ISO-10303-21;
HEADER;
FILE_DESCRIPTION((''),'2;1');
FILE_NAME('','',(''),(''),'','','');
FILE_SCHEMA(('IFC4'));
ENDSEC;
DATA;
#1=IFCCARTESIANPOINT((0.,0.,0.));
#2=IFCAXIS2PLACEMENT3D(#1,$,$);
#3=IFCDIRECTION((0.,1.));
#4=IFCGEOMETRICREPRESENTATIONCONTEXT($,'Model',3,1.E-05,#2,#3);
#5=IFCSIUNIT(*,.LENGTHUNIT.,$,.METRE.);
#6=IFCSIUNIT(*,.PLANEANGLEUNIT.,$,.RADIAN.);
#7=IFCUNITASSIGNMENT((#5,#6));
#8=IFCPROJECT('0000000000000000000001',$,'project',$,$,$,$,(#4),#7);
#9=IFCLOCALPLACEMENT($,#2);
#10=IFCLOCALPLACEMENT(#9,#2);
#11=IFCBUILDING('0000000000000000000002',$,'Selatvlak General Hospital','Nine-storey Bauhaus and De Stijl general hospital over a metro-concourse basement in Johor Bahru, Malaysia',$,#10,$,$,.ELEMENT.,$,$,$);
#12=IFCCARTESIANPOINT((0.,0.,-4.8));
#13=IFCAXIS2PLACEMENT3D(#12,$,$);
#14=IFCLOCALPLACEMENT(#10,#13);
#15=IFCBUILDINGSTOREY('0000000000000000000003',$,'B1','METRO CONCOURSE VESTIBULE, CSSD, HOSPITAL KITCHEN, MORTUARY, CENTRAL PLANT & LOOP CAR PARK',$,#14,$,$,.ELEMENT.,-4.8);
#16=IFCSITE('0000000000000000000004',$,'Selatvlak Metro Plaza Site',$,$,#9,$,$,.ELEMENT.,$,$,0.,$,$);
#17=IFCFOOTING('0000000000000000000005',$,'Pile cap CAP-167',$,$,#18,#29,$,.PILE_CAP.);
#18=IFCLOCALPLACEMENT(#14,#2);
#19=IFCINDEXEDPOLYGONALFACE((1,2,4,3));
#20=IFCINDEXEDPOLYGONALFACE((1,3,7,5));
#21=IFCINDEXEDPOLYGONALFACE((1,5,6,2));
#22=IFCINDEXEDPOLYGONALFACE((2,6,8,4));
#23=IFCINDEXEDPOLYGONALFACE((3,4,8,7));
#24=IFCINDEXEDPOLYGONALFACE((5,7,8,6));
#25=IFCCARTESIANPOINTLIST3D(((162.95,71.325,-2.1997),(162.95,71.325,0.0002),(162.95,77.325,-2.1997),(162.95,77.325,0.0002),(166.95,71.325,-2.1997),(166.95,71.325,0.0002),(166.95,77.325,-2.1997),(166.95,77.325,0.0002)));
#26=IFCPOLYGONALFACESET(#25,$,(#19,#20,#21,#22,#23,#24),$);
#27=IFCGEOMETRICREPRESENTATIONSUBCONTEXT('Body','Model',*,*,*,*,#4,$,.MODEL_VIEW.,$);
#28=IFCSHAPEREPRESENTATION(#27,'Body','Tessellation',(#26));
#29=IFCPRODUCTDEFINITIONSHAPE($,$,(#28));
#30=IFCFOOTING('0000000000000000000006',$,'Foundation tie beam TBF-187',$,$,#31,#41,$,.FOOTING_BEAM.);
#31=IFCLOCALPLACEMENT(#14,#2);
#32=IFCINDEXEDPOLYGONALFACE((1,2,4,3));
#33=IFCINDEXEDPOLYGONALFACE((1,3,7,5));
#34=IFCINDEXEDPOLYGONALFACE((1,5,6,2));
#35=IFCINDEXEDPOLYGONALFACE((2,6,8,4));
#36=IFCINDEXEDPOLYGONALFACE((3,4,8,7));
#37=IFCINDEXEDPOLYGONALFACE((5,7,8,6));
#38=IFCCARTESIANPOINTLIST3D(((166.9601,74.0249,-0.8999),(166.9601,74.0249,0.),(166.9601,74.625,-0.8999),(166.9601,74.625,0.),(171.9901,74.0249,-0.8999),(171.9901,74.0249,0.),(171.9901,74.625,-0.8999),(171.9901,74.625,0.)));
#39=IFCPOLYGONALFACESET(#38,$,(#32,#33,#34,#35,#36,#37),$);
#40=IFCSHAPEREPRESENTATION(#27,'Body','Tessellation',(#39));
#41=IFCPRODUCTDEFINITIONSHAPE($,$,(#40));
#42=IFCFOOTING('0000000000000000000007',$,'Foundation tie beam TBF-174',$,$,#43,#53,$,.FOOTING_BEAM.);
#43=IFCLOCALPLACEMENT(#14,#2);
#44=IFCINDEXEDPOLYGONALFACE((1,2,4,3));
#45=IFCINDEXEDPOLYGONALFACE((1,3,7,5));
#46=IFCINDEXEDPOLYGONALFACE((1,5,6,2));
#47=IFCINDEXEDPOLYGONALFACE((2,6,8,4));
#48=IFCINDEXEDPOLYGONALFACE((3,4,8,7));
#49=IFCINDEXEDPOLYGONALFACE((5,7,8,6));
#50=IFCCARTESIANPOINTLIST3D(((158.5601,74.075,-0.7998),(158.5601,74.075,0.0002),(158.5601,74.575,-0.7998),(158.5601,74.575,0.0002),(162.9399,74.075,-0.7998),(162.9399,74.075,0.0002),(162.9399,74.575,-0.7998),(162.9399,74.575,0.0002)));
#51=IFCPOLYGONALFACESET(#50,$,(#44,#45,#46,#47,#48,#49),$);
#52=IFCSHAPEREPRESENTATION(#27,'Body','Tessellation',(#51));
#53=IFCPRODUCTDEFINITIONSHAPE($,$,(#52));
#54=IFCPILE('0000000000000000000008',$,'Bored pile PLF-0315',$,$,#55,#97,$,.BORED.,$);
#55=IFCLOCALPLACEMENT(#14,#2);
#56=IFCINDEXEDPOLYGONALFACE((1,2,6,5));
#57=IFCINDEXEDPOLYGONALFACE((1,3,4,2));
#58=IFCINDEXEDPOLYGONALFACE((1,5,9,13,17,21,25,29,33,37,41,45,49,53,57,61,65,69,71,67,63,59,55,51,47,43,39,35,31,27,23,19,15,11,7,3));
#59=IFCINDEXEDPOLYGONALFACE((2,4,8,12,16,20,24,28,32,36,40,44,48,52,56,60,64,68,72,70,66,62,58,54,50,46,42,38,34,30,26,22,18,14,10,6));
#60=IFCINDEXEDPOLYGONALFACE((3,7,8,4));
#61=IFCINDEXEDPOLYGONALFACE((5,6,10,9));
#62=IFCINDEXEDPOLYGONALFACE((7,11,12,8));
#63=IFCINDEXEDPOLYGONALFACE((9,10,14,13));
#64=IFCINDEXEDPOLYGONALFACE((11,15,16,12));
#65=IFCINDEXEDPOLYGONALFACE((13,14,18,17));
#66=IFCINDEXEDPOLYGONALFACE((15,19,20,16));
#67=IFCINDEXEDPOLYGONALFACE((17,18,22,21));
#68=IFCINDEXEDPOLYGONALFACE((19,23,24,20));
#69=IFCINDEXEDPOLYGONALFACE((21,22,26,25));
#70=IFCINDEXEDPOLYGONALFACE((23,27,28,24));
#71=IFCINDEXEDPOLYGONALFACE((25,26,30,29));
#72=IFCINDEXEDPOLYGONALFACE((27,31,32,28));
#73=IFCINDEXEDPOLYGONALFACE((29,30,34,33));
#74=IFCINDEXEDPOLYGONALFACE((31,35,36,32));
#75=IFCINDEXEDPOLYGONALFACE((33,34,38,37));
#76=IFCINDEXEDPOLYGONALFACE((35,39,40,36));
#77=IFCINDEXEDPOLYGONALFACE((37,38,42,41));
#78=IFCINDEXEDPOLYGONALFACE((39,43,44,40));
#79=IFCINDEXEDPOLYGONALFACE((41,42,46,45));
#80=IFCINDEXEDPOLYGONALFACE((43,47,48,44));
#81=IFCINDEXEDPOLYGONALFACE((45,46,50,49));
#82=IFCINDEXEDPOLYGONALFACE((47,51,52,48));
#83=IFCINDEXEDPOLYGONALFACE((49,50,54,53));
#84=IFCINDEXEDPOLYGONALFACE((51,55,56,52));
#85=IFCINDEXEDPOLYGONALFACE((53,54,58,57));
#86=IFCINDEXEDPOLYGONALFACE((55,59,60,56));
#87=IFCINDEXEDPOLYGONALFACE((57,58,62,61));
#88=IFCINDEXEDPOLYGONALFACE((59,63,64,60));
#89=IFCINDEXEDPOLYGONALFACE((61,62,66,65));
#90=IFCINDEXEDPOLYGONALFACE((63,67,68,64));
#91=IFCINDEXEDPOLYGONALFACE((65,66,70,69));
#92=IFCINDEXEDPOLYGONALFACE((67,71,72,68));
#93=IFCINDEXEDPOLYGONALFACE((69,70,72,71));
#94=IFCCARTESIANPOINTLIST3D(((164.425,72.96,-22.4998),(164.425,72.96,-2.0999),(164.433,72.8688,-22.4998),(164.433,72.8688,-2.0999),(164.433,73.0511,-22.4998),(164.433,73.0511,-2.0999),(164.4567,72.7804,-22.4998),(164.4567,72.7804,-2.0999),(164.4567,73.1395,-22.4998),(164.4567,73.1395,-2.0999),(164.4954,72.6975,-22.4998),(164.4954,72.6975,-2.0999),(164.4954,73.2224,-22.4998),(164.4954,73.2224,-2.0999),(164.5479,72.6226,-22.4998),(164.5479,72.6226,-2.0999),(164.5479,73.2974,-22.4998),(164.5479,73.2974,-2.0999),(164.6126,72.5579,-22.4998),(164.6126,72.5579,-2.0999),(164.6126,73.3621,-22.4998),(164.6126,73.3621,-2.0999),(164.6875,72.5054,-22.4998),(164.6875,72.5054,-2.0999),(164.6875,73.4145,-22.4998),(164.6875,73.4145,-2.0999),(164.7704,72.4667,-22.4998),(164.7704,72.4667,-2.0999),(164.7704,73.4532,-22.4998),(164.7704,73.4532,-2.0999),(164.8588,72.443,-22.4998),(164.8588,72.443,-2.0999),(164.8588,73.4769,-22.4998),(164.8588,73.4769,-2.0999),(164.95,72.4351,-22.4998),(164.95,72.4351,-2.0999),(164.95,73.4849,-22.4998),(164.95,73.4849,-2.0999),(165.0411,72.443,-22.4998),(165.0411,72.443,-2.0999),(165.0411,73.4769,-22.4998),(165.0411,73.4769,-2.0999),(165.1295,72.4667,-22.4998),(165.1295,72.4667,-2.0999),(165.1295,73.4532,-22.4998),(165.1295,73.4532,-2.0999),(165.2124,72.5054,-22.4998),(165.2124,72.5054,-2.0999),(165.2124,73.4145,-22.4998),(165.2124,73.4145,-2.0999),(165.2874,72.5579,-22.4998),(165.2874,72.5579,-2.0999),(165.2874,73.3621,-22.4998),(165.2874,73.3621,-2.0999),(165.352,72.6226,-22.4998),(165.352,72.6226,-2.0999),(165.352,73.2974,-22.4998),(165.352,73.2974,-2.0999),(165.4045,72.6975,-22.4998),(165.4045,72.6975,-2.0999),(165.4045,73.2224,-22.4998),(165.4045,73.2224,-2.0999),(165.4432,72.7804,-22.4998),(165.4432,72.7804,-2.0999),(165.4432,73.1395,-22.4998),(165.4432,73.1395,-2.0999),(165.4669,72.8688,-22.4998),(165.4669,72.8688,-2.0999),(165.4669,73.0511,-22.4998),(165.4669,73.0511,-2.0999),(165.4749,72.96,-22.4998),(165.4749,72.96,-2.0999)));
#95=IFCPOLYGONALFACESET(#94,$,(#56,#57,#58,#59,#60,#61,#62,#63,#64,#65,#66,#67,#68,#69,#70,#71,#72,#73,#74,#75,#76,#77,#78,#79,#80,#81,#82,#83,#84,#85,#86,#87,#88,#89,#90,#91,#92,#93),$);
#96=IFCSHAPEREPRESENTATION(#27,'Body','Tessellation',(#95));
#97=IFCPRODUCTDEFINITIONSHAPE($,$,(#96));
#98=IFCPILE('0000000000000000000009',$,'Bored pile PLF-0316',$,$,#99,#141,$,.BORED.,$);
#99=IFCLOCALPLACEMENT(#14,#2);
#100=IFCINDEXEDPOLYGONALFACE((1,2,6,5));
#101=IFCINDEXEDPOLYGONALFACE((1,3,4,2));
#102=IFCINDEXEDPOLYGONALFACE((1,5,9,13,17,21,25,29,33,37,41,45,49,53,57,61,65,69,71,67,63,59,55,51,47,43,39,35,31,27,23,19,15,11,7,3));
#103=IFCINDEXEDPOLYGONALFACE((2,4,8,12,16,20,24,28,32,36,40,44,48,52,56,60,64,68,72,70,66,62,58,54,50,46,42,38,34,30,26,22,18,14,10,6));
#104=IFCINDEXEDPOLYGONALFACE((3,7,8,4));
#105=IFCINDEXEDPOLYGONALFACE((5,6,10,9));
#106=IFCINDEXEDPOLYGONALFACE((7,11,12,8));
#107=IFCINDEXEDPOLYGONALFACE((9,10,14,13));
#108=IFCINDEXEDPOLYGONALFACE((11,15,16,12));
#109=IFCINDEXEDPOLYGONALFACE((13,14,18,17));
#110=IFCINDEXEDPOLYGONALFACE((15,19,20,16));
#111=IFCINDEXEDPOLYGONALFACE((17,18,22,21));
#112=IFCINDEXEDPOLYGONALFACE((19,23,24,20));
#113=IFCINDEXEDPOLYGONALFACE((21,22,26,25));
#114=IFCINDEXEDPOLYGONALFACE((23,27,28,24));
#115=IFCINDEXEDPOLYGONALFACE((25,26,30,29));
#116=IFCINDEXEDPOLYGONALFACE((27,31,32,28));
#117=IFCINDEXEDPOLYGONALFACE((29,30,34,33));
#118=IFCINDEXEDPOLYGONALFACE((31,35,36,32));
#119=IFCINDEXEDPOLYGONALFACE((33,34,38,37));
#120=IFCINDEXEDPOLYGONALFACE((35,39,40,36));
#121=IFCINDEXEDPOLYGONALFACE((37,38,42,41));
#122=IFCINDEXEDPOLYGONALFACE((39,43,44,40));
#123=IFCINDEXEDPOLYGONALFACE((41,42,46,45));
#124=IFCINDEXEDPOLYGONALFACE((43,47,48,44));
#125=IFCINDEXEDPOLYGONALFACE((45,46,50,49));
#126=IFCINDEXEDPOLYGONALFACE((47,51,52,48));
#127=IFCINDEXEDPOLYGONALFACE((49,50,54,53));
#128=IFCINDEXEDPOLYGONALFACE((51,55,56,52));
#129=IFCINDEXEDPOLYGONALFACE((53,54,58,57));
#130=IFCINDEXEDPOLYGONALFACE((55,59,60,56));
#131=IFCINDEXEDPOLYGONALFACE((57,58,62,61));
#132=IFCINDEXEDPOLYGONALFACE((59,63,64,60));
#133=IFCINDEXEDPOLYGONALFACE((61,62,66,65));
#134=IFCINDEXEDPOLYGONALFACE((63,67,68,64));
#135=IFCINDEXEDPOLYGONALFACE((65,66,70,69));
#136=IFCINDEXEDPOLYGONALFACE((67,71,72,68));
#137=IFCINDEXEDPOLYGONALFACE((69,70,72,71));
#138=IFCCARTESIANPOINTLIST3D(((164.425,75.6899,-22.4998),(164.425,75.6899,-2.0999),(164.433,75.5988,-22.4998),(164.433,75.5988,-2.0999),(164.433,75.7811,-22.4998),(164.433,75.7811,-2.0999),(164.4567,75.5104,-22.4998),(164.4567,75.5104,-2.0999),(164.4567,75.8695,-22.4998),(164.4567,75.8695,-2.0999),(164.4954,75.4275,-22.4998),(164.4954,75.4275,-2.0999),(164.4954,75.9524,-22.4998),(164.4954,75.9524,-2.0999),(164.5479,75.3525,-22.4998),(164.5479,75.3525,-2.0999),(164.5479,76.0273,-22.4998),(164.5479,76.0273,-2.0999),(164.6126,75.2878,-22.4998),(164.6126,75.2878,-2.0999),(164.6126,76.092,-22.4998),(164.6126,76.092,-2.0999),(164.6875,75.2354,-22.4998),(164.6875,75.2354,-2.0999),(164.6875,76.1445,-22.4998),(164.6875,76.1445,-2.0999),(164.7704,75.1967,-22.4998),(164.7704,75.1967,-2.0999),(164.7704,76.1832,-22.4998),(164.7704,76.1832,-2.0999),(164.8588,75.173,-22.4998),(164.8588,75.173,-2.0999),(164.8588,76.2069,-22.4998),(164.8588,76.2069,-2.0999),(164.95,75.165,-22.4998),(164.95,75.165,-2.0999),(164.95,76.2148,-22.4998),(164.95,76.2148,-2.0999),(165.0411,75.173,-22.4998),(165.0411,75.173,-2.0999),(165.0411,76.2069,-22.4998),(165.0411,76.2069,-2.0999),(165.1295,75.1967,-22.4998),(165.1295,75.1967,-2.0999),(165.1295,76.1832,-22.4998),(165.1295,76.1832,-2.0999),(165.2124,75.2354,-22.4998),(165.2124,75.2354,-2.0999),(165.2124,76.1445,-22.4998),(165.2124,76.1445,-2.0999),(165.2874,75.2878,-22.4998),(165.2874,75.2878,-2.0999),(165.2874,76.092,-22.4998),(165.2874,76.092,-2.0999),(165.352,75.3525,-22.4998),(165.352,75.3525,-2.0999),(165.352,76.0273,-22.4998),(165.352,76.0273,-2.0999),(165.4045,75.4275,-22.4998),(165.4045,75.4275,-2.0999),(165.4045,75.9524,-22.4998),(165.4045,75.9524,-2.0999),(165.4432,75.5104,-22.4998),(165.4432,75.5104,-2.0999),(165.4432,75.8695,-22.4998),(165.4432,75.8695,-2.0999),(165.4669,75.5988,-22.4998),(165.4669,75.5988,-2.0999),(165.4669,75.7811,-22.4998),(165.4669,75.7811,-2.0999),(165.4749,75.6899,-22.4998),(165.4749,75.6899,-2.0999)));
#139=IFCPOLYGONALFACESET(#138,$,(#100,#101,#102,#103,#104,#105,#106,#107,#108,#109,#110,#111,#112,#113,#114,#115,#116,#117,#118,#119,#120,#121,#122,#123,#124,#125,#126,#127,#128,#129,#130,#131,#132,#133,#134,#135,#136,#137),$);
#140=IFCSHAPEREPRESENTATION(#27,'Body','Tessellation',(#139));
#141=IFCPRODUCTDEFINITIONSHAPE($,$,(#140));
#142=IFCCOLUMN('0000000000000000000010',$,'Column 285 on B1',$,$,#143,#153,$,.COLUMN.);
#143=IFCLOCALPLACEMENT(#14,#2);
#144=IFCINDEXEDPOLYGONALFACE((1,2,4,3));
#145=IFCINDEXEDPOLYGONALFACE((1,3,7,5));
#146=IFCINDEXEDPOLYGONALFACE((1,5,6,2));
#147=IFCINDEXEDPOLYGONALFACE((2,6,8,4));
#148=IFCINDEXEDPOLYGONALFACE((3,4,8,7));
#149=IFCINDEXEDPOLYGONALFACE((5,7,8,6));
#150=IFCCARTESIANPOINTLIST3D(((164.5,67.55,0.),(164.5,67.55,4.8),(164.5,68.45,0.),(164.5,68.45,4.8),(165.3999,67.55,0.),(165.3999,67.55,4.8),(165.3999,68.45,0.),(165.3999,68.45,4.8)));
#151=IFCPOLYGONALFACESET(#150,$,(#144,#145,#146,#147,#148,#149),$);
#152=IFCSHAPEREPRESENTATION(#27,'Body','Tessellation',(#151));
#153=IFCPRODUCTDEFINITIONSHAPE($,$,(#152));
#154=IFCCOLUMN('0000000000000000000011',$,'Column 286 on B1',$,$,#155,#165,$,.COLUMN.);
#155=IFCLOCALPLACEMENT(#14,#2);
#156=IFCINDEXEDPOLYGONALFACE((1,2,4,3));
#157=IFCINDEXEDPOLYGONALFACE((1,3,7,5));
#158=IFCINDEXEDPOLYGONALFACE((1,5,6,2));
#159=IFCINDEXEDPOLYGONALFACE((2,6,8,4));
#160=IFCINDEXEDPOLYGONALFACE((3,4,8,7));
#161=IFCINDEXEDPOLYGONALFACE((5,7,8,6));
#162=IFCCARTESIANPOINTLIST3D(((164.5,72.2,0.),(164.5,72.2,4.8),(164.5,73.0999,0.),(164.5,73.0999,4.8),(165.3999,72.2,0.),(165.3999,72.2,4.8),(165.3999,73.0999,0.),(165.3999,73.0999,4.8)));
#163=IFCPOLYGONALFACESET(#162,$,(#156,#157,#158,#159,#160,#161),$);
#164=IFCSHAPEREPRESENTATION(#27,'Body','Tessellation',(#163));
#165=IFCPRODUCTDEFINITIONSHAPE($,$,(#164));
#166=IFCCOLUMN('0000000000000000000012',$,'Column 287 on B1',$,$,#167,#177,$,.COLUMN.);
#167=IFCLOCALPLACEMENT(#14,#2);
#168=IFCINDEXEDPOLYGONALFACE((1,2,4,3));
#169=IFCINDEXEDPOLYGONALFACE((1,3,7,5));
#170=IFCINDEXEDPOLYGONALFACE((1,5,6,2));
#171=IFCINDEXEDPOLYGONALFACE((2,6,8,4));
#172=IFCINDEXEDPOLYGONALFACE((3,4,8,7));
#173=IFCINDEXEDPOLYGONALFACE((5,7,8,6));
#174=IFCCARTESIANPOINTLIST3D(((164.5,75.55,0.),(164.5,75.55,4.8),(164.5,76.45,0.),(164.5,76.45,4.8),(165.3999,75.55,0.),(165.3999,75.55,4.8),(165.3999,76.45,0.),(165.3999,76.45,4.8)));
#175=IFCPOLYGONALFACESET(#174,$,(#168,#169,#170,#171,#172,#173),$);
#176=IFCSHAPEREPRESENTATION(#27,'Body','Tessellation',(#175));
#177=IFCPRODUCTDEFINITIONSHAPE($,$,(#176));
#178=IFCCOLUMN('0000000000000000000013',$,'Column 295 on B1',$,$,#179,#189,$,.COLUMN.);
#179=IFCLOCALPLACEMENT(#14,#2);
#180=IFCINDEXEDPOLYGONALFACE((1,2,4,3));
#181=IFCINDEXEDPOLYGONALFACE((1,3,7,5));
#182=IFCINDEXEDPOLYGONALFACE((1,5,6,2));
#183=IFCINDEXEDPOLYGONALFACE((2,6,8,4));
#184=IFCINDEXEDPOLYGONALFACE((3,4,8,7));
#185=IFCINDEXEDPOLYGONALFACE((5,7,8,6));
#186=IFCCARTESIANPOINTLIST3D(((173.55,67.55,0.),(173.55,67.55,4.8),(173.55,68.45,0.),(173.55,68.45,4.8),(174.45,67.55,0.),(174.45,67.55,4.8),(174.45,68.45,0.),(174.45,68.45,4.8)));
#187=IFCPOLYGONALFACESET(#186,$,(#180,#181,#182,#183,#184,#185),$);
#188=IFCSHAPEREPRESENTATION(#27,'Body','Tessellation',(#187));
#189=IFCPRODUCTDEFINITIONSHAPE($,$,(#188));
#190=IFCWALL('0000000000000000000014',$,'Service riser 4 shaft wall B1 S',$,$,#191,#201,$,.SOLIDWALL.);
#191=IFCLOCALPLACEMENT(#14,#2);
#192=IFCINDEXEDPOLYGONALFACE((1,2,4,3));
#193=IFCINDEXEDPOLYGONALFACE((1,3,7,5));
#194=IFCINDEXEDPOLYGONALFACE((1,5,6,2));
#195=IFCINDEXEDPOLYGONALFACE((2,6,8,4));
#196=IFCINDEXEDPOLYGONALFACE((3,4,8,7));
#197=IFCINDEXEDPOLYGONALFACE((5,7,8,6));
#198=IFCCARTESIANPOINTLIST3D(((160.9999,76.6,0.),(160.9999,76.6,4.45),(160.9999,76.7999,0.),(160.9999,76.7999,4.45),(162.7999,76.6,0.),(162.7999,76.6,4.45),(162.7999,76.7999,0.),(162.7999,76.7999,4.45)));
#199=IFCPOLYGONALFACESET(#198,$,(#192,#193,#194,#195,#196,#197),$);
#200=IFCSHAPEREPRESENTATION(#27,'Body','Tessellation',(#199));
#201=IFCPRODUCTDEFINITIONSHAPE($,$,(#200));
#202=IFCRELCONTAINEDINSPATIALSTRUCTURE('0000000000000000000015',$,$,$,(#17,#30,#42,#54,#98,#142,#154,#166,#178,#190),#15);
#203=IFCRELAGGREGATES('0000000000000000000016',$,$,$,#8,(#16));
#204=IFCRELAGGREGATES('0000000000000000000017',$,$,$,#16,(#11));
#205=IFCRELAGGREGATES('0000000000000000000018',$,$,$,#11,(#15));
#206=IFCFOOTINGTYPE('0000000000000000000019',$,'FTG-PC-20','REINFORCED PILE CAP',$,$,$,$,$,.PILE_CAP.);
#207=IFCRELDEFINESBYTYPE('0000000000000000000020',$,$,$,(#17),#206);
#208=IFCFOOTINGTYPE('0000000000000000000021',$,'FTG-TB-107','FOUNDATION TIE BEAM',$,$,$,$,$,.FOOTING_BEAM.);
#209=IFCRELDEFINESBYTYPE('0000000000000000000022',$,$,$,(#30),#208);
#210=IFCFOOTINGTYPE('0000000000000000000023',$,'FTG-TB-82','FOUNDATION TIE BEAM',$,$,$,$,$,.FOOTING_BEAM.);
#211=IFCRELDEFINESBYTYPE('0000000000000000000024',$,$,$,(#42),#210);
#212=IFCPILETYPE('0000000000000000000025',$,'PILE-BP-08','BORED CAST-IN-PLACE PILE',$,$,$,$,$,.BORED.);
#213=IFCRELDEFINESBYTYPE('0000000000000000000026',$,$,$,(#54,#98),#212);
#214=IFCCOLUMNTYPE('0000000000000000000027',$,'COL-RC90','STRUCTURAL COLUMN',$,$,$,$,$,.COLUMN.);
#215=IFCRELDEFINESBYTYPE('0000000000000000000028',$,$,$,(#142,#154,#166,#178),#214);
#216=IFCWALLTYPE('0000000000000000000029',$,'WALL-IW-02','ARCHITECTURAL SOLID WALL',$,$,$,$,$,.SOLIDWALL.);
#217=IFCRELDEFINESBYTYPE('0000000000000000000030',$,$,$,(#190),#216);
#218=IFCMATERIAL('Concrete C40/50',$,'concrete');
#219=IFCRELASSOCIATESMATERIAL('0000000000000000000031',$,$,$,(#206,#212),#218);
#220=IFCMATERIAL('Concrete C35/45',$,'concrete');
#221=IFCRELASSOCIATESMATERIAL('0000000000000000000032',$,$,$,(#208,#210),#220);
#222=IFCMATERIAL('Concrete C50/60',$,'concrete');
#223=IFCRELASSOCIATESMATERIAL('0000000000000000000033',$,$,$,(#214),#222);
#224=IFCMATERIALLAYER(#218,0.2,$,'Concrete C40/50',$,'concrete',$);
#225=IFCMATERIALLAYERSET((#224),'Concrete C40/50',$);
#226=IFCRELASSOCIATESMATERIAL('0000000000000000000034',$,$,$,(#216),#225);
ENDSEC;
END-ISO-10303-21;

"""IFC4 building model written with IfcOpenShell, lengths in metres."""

from ifc_helpers import new_model, si_unit, direction, frame, frame_2d, origin, origin_2d, place, context, subcontext, project, spatial, rectangle, circle, extrude, material, layer, layer_set, material_profile, profile_set, type_object, element, save


model = new_model("IFC4")

# Units and contexts
model_context = context("Model", 3, precision=1e-05, world=origin(), true_north=direction((0.0, 1.0)))
body_context = subcontext(model_context, "Body", "Model", "MODEL_VIEW")
ifc_project = project(units=[si_unit("LENGTHUNIT", "METRE"), si_unit("PLANEANGLEUNIT", "RADIAN")], contexts=[model_context])

# Site, building, storey
site_placement = place(None, origin())
site = spatial("IfcSite", under=ifc_project, at=site_placement, Name="Selatvlak Metro Plaza Site", CompositionType="ELEMENT", RefElevation=0.0)
building_placement = place(site_placement, origin())
building = spatial("IfcBuilding", under=site, at=building_placement, Name="Selatvlak General Hospital", Description="Nine-storey Bauhaus and De Stijl general hospital over a metro-concourse basement in Johor Bahru, Malaysia", CompositionType="ELEMENT")
storey_placement = place(building_placement, frame((0.0, 0.0, -4.8)))
storey = spatial("IfcBuildingStorey", under=building, at=storey_placement, Name="B1", Description="METRO CONCOURSE VESTIBULE, CSSD, HOSPITAL KITCHEN, MORTUARY, CENTRAL PLANT & LOOP CAR PARK", CompositionType="ELEMENT", Elevation=-4.8)

# Footings
ifc_material_1 = material(Name="Concrete C40/50", Category="concrete")
footing_type_1 = type_object("IfcFootingType", Name="FTG-PC-20", Description="REINFORCED PILE CAP", PredefinedType="PILE_CAP", material=ifc_material_1)
footing_1_placement = place(storey_placement, frame((164.95, 74.325, -2.1997), z_axis=(0.0, 0.0, 1.0), x_axis=(1.0, 0.0, 0.0)))
element("IfcFooting", 1, at=footing_1_placement, inside=storey, type_object=footing_type_1, Name="Pile cap CAP-167", PredefinedType="PILE_CAP", context=body_context, shape_type="SweptSolid", body=[
    extrude(rectangle(XDim=4.0, YDim=6.0, at=origin_2d()), origin(), (0.0, 0.0, 1.0), 2.2),
])
ifc_material_2 = material(Name="Concrete C35/45", Category="concrete")
footing_type_2 = type_object("IfcFootingType", Name="FTG-TB-107", Description="FOUNDATION TIE BEAM", PredefinedType="FOOTING_BEAM", material=ifc_material_2)
footing_2_placement = place(storey_placement, frame((169.4751, 74.325, -0.8999), z_axis=(0.0, 0.0, 1.0), x_axis=(1.0, 0.0, 0.0)))
element("IfcFooting", 2, at=footing_2_placement, inside=storey, type_object=footing_type_2, Name="Foundation tie beam TBF-187", PredefinedType="FOOTING_BEAM", context=body_context, shape_type="SweptSolid", body=[
    extrude(rectangle(XDim=5.03, YDim=0.6001, at=origin_2d()), origin(), (0.0, 0.0, 1.0), 0.8999),
])
footing_type_3 = type_object("IfcFootingType", Name="FTG-TB-82", Description="FOUNDATION TIE BEAM", PredefinedType="FOOTING_BEAM", material=ifc_material_2)
footing_3_placement = place(storey_placement, frame((160.75, 74.325, -0.7998), z_axis=(0.0, 0.0, 1.0), x_axis=(1.0, 0.0, 0.0)))
element("IfcFooting", 3, at=footing_3_placement, inside=storey, type_object=footing_type_3, Name="Foundation tie beam TBF-174", PredefinedType="FOOTING_BEAM", context=body_context, shape_type="SweptSolid", body=[
    extrude(rectangle(XDim=4.3799, YDim=0.5, at=origin_2d()), origin(), (0.0, 0.0, 1.0), 0.8),
])

# Piles
ifc_material_profile_1 = material_profile(ifc_material_1, circle(Radius=0.5249, at=origin_2d()), Name="BORED PILE 1050")
ifc_profile_set_1 = profile_set([ifc_material_profile_1], Name="Concrete C40/50")
pile_type = type_object("IfcPileType", Name="PILE-BP-08", Description="BORED CAST-IN-PLACE PILE", PredefinedType="BORED", material=ifc_profile_set_1)
for number, where, z_axis, x_axis, name in (
    (4, (164.95, 72.96, -2.0999), (0.0, 0.0, -1.0), (1.0, 0.0, 0.0), "Bored pile PLF-0315"),
    (5, (164.95, 75.6899, -2.0999), (0.0, 0.0, -1.0), (1.0, 0.0, 0.0), "Bored pile PLF-0316"),
):
    element("IfcPile", number, at=place(storey_placement, frame(where, z_axis=z_axis, x_axis=x_axis)), inside=storey, type_object=pile_type, Name=name, PredefinedType="BORED", context=body_context, shape_type="SweptSolid", body=[
        extrude(circle(Radius=0.5249, at=origin_2d()), origin(), (0.0, 0.0, 1.0), 20.3999),
    ])

# Columns
ifc_material_3 = material(Name="Concrete C50/60", Category="concrete")
ifc_material_profile_2 = material_profile(ifc_material_3, rectangle(XDim=0.8999, YDim=0.8999, at=origin_2d()), Name="RC-COL 900x900")
ifc_profile_set_2 = profile_set([ifc_material_profile_2], Name="Concrete C50/60")
column_type = type_object("IfcColumnType", Name="COL-RC90", Description="STRUCTURAL COLUMN", PredefinedType="COLUMN", material=ifc_profile_set_2)
for number, where, z_axis, x_axis, name in (
    (6, (164.95, 68.0, 0.0), (0.0, 0.0, 1.0), (1.0, 0.0, 0.0), "Column 285 on B1"),
    (7, (164.95, 72.6499, 0.0), (0.0, 0.0, 1.0), (1.0, 0.0, 0.0), "Column 286 on B1"),
    (8, (164.95, 76.0, 0.0), (0.0, 0.0, 1.0), (1.0, 0.0, 0.0), "Column 287 on B1"),
    (9, (174.0, 68.0, 0.0), (0.0, 0.0, 1.0), (1.0, 0.0, 0.0), "Column 295 on B1"),
):
    element("IfcColumn", number, at=place(storey_placement, frame(where, z_axis=z_axis, x_axis=x_axis)), inside=storey, type_object=column_type, Name=name, PredefinedType="COLUMN", context=body_context, shape_type="SweptSolid", body=[
        extrude(rectangle(XDim=0.8999, YDim=0.8999, at=origin_2d()), origin(), (0.0, 0.0, 1.0), 4.8),
    ])

# Wall
ifc_layer_1 = layer(ifc_material_1, 0.2, Name="Concrete C40/50", Category="concrete")
ifc_layer_set_1 = layer_set([ifc_layer_1], Name="Concrete C40/50")
wall_type_1 = type_object("IfcWallType", Name="WALL-IW-02", Description="ARCHITECTURAL SOLID WALL", PredefinedType="SOLIDWALL", material=ifc_layer_set_1)
wall_1_placement = place(storey_placement, frame((161.0, 76.7, 0.0), z_axis=(0.0, 0.0, 1.0), x_axis=(1.0, 0.0, 0.0)))
element("IfcWall", 10, at=wall_1_placement, inside=storey, type_object=wall_type_1, Name="Service riser 4 shaft wall B1 S", PredefinedType="SOLIDWALL", context=body_context, shape_type="SweptSolid", body=[
    extrude(rectangle(XDim=1.8, YDim=0.2, at=frame_2d((0.8999, 0.0))), origin(), (0.0, 0.0, 1.0), 4.45),
])

save(model, "model.ifc")
